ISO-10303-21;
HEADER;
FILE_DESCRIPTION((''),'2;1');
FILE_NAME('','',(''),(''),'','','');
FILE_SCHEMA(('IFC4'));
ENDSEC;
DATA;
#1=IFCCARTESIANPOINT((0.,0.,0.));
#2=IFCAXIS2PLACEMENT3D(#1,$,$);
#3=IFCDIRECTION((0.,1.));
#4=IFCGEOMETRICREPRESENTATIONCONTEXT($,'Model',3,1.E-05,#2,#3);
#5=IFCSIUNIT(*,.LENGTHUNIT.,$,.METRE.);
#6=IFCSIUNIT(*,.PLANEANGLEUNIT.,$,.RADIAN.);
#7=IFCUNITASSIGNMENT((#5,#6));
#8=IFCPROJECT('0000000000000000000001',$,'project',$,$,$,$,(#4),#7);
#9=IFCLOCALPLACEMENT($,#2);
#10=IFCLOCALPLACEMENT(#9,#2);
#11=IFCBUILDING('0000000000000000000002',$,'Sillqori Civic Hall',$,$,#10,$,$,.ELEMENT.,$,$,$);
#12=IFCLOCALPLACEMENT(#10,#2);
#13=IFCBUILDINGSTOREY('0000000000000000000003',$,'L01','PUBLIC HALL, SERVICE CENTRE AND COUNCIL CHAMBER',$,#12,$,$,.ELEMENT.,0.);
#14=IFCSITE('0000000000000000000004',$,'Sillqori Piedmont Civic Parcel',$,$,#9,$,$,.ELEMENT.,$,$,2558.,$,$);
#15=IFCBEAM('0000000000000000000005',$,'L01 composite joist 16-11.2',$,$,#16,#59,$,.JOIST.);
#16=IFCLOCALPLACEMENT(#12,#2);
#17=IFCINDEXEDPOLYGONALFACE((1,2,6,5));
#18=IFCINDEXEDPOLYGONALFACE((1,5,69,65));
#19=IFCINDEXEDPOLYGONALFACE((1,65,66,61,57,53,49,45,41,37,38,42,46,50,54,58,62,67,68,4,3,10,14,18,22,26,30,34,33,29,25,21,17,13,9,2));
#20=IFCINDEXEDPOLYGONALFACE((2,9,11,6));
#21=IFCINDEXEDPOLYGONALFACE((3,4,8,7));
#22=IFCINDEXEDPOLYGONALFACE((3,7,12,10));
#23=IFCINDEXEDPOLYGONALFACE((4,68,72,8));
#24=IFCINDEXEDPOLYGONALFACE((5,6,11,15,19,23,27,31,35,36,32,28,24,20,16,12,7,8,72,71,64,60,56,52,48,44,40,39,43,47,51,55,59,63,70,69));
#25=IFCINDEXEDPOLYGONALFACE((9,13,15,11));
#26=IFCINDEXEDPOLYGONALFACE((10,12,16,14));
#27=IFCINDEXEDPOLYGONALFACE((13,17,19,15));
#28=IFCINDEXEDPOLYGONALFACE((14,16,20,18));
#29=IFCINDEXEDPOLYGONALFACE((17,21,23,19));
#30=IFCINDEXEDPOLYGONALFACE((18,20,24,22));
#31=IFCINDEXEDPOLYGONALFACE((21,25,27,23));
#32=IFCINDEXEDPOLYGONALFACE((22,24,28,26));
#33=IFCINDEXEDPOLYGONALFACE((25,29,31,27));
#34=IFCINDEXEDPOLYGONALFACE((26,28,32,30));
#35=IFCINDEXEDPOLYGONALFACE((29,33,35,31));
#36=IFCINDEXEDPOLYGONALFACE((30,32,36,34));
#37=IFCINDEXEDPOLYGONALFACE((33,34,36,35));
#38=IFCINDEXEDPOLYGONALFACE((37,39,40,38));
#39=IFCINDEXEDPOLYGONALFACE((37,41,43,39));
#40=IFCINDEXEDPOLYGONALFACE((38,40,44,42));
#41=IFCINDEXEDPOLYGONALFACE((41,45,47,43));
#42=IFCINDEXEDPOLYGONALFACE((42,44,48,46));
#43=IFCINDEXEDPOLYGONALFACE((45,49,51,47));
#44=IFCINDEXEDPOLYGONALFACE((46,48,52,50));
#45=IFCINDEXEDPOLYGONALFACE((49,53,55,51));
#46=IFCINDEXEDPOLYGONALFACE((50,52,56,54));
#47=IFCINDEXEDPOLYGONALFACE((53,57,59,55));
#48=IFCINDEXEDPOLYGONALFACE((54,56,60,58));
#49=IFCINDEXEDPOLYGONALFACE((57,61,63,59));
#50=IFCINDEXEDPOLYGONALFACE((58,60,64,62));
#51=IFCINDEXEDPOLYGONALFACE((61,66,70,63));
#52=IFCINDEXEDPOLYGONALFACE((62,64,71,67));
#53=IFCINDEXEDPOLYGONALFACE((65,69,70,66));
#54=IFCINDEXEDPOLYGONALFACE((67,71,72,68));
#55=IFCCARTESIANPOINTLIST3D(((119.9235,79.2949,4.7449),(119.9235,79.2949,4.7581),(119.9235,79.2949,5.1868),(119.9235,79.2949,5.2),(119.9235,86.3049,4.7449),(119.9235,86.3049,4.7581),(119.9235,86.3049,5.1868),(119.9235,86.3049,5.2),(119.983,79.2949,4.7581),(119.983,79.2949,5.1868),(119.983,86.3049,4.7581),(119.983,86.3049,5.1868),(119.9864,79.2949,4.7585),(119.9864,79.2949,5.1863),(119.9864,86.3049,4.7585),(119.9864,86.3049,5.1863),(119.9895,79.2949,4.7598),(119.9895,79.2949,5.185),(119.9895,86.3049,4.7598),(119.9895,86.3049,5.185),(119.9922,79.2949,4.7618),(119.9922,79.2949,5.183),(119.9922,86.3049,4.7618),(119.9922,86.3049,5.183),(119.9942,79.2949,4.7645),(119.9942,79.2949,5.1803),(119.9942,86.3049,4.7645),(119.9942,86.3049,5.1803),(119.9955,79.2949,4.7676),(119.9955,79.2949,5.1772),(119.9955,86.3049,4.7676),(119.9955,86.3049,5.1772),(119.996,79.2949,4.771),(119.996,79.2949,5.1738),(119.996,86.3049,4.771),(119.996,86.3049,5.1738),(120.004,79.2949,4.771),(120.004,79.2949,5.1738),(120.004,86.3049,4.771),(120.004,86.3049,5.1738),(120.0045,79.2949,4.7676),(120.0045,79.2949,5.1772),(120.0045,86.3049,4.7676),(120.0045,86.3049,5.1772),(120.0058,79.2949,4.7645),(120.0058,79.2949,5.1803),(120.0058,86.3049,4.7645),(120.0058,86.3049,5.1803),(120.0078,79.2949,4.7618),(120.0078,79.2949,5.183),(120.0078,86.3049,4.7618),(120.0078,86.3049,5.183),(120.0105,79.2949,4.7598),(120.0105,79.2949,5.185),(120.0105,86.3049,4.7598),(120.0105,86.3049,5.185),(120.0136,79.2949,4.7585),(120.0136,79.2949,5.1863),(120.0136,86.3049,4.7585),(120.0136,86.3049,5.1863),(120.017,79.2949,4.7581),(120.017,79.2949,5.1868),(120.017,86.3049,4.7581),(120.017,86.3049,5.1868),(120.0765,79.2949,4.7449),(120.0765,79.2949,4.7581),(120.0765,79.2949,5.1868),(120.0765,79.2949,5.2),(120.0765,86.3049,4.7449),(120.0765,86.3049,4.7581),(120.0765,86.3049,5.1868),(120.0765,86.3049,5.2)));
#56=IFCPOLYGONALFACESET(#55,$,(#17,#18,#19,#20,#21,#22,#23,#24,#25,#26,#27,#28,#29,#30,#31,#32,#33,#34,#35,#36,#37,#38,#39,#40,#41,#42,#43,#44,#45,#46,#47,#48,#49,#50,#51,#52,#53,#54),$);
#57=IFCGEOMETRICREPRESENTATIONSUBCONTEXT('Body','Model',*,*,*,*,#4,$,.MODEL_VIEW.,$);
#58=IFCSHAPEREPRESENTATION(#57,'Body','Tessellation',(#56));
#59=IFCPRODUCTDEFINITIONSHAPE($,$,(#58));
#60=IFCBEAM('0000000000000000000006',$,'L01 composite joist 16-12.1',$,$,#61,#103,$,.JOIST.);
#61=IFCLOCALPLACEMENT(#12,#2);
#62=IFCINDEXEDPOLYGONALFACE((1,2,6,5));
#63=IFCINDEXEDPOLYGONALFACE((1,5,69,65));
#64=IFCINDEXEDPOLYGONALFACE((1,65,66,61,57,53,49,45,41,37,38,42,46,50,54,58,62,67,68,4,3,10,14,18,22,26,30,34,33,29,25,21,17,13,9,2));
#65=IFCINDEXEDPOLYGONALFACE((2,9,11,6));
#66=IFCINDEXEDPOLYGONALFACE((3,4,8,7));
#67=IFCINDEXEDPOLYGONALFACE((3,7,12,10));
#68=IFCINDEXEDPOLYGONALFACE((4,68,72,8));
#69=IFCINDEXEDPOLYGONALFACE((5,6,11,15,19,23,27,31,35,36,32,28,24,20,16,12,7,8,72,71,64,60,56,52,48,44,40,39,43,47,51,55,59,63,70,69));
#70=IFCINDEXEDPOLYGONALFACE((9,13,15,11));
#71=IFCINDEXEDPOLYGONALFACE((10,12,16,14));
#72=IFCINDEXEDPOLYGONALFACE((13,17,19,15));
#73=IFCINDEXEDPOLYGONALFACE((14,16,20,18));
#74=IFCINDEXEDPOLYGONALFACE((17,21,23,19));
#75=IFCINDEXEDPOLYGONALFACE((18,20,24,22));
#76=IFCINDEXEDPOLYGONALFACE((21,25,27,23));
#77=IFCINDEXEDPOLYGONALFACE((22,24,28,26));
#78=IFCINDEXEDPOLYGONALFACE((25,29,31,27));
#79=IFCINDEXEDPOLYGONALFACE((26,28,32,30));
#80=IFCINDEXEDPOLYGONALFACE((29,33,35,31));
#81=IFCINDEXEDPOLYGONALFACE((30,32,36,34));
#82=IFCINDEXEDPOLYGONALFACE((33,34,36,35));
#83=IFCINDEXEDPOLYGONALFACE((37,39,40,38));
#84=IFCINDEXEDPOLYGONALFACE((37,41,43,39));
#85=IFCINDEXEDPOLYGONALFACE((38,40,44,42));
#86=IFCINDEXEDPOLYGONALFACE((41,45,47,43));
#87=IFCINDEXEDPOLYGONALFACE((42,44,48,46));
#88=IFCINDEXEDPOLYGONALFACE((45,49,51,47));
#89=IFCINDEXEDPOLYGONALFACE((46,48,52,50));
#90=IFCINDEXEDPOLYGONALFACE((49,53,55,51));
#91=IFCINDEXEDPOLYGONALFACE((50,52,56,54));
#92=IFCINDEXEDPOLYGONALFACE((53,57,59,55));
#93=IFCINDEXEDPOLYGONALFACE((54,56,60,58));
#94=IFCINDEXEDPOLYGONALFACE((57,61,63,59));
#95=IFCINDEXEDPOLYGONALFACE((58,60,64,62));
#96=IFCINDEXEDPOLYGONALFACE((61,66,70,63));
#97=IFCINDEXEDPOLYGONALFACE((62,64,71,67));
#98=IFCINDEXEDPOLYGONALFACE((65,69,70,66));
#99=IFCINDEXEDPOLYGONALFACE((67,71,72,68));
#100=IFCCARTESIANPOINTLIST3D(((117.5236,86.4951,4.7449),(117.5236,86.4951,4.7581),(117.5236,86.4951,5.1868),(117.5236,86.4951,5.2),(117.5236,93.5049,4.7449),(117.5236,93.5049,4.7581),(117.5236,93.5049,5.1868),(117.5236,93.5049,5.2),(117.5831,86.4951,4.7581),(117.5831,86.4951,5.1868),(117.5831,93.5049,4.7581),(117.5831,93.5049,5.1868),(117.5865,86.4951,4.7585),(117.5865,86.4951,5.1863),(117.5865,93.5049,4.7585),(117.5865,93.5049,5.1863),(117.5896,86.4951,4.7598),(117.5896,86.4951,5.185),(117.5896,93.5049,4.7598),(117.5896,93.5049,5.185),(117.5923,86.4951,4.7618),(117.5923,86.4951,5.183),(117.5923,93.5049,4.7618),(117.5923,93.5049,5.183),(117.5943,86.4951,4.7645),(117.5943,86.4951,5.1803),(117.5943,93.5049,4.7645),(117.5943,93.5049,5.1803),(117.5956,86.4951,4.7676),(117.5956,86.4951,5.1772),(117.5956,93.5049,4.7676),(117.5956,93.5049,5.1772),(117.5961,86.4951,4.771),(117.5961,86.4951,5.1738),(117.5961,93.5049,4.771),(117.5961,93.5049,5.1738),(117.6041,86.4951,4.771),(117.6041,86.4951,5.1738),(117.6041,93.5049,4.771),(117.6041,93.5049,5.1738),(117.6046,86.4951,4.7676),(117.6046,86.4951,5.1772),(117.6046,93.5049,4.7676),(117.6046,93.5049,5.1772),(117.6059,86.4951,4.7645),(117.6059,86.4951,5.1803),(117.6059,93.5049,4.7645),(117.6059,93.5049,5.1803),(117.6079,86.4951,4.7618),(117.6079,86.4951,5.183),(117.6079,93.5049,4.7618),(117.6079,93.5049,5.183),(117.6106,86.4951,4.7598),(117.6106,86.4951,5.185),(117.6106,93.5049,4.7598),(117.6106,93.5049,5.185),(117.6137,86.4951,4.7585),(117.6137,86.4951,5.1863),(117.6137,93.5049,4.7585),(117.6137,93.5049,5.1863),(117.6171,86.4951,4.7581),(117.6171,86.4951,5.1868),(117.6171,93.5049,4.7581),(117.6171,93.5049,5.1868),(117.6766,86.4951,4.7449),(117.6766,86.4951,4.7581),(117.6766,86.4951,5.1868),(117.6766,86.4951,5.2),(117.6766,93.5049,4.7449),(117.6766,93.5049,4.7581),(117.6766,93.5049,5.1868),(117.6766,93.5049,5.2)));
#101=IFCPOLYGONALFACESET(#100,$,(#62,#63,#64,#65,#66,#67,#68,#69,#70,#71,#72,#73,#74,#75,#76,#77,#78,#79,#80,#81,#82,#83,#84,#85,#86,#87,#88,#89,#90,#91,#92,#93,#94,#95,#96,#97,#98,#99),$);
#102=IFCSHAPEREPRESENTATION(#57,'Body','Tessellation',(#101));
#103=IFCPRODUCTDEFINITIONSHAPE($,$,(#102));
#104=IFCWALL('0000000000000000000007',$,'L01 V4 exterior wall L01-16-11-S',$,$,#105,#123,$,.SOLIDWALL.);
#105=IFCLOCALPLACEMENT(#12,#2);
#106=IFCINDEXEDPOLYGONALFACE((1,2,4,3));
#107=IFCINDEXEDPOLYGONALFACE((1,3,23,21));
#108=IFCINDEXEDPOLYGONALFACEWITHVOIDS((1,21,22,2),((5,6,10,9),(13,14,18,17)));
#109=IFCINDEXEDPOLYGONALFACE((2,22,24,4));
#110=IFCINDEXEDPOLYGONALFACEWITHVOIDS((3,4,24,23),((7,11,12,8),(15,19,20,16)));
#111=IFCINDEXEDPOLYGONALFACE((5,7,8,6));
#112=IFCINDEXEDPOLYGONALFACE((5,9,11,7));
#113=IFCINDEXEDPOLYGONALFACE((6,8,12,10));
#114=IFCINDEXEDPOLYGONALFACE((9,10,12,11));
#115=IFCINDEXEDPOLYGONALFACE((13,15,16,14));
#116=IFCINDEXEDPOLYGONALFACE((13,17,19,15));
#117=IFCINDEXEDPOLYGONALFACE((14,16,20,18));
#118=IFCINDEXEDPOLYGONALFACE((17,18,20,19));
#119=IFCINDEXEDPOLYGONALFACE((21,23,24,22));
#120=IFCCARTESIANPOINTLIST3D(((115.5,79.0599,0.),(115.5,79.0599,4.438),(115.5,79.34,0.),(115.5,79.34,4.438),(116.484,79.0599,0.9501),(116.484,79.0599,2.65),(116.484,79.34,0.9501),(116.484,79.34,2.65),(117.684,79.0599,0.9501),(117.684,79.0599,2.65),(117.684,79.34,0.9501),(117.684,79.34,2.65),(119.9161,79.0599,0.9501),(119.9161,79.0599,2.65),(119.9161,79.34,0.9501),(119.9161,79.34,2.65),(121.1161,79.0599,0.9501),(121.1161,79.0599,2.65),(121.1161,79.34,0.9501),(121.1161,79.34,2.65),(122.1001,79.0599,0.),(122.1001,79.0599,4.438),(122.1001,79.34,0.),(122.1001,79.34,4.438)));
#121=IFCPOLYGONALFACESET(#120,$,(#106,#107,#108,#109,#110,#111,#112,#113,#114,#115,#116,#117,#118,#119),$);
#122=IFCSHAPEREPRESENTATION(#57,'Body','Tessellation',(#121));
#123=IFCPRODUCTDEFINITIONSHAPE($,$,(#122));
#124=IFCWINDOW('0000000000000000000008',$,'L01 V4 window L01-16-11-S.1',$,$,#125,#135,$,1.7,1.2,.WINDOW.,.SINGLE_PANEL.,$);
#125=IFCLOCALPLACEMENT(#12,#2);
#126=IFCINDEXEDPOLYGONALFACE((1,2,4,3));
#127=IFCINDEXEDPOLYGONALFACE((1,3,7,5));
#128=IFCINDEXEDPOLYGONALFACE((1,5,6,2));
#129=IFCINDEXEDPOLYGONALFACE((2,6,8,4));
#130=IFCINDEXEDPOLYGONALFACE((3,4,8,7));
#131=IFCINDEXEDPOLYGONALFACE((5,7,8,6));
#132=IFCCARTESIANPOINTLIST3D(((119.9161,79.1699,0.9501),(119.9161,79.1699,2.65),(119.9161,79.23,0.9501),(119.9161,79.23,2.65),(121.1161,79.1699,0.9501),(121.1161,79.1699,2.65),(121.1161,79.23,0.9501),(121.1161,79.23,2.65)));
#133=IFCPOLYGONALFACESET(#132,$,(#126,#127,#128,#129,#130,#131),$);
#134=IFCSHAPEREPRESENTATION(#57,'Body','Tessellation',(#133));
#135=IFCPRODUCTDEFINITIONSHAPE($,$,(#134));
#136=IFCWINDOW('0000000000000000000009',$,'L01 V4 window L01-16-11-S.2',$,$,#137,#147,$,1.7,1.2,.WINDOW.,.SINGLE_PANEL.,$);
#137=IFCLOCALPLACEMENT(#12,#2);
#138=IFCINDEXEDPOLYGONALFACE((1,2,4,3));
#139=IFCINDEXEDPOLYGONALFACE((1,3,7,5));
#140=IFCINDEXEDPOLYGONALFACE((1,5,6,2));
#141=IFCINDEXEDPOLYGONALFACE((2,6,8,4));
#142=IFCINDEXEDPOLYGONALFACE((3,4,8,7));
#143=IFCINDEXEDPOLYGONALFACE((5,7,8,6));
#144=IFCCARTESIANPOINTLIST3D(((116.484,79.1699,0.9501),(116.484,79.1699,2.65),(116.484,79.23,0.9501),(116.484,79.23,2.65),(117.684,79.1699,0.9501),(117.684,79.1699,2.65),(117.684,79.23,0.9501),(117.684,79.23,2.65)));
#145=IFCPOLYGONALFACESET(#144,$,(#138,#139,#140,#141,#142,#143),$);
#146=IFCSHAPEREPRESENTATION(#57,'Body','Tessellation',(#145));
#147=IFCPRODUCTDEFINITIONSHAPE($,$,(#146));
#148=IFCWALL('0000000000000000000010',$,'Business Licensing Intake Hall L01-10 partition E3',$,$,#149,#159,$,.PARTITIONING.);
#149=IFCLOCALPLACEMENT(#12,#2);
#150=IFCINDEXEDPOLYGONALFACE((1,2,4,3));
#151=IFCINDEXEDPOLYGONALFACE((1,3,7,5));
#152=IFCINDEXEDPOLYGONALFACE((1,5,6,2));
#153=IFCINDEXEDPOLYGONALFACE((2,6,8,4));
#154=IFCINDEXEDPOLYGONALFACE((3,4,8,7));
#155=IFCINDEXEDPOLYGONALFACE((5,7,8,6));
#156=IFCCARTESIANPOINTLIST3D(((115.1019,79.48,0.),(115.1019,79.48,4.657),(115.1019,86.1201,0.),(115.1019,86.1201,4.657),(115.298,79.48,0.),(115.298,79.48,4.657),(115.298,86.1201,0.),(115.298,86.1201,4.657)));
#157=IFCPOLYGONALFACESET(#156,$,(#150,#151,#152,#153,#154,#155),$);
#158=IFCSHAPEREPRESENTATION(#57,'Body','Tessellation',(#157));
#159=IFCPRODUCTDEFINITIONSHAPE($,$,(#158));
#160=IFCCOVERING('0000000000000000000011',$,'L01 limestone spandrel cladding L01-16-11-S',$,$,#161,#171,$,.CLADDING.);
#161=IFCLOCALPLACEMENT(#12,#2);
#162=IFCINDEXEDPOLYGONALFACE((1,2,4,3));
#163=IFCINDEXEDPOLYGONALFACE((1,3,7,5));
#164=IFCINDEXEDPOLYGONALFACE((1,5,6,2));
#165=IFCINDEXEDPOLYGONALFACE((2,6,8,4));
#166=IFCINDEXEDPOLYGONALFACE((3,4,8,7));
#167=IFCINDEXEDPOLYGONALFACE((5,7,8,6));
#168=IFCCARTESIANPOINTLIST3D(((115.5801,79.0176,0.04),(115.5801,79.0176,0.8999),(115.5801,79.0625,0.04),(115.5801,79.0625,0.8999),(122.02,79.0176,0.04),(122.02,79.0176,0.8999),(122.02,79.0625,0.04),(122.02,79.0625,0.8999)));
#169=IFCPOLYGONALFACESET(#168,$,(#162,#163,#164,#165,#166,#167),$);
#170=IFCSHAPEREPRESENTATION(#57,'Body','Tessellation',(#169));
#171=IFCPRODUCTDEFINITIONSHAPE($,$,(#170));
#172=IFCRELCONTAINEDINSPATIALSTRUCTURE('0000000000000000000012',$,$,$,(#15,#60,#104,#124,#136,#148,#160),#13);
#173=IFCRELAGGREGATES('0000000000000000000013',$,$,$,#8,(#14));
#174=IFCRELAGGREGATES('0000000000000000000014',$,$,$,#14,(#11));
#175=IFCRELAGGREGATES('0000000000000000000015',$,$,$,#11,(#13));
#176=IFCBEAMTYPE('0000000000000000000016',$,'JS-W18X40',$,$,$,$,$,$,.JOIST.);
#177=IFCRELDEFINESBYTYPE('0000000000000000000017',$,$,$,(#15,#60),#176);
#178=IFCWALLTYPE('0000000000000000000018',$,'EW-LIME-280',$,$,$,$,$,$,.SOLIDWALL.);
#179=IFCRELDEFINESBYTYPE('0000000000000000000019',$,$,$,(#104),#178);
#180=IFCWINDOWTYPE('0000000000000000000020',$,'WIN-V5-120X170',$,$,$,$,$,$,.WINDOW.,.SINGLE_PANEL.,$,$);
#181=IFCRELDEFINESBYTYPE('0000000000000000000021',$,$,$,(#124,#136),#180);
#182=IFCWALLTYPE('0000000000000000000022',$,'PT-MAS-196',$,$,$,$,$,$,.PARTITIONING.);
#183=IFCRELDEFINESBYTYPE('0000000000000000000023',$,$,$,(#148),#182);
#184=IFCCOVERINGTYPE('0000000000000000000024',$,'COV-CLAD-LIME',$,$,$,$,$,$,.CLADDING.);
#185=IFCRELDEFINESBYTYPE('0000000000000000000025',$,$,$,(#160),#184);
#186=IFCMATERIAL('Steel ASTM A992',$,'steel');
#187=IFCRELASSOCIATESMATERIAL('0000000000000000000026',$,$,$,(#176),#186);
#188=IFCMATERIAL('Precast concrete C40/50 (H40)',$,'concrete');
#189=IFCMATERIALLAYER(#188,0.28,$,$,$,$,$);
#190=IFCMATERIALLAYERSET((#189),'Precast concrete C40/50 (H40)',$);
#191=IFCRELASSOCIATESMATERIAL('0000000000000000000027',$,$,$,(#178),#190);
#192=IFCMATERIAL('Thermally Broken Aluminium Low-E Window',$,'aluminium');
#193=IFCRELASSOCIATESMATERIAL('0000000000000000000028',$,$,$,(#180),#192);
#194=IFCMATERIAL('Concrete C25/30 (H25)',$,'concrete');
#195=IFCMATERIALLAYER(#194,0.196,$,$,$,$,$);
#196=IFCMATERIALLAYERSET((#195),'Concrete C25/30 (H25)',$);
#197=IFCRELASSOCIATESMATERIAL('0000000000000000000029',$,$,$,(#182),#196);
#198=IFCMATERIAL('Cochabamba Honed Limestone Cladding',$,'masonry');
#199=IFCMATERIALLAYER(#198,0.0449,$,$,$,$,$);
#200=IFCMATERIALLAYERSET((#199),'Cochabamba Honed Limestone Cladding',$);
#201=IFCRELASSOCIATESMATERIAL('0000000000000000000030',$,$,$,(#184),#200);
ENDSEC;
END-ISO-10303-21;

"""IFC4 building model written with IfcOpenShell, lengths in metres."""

from ifc_helpers import new_model, si_unit, direction, frame, frame_2d, origin, origin_2d, place, context, subcontext, project, spatial, rectangle, i_section, extrude, material, layer, layer_set, material_profile, profile_set, type_object, element, fill, save


model = new_model("IFC4")

# Units and contexts
model_context = context("Model", 3, precision=1e-05, world=origin(), true_north=direction((0.0, 1.0)))
body_context = subcontext(model_context, "Body", "Model", "MODEL_VIEW")
ifc_project = project(units=[si_unit("LENGTHUNIT", "METRE"), si_unit("PLANEANGLEUNIT", "RADIAN")], contexts=[model_context])

# Site, building, storey
site_placement = place(None, origin())
site = spatial("IfcSite", under=ifc_project, at=site_placement, Name="Sillqori Piedmont Civic Parcel", CompositionType="ELEMENT", RefElevation=2558.0)
building_placement = place(site_placement, origin())
building = spatial("IfcBuilding", under=site, at=building_placement, Name="Sillqori Civic Hall", CompositionType="ELEMENT")
storey_placement = place(building_placement, origin())
storey = spatial("IfcBuildingStorey", under=building, at=storey_placement, Name="L01", Description="PUBLIC HALL, SERVICE CENTRE AND COUNCIL CHAMBER", CompositionType="ELEMENT", Elevation=0.0)

# Shared definitions
ifc_material_1 = material(Name="Steel ASTM A992", Category="steel")

# Beams
ifc_material_profile_1 = material_profile(ifc_material_1, i_section(OverallWidth=0.1531, OverallDepth=0.4551, WebThickness=0.0081, FlangeThickness=0.0132, FilletRadius=0.0129, at=origin_2d()), Name="W18X40")
ifc_profile_set_1 = profile_set([ifc_material_profile_1], Name="Steel ASTM A992")
beam_type_1 = type_object("IfcBeamType", Name="JS-W18X40", PredefinedType="JOIST", material=ifc_profile_set_1)
for number, where, z_axis, x_axis, name in (
    (1, (120.0, 79.2949, 4.9724), (0.0, 1.0, 0.0), (-1.0, 0.0, 0.0), "L01 composite joist 16-11.2"),
):
    element("IfcBeam", number, at=place(storey_placement, frame(where, z_axis=z_axis, x_axis=x_axis)), inside=storey, type_object=beam_type_1, Name=name, PredefinedType="JOIST", context=body_context, shape_type="SweptSolid", body=[
        extrude(i_section(OverallWidth=0.1531, OverallDepth=0.4551, WebThickness=0.0081, FlangeThickness=0.0132, FilletRadius=0.0129, at=origin_2d()), origin(), (0.0, 0.0, 1.0), 7.01),
    ])
beam_1_placement = place(storey_placement, frame((117.6001, 86.4951, 4.9724), z_axis=(0.0, 1.0, 0.0), x_axis=(-1.0, 0.0, 0.0)))
element("IfcBeam", 2, at=beam_1_placement, inside=storey, type_object=beam_type_1, Name="L01 composite joist 16-12.1", PredefinedType="JOIST", context=body_context, shape_type="SweptSolid", body=[
    extrude(i_section(OverallWidth=0.1531, OverallDepth=0.4551, WebThickness=0.0081, FlangeThickness=0.0132, FilletRadius=0.0129, at=origin_2d()), origin(), (0.0, 0.0, 1.0), 7.0098),
])

# Wall, openings, windows
ifc_material_2 = material(Name="Precast concrete C40/50 (H40)", Category="concrete")
ifc_layer_1 = layer(ifc_material_2, 0.28)
ifc_layer_set_1 = layer_set([ifc_layer_1], Name="Precast concrete C40/50 (H40)")
wall_type_1 = type_object("IfcWallType", Name="EW-LIME-280", PredefinedType="SOLIDWALL", material=ifc_layer_set_1)
wall_1_placement = place(storey_placement, frame((122.1001, 79.2, 0.0), z_axis=(0.0, 0.0, 1.0), x_axis=(-1.0, 0.0, 0.0)))
wall_1 = element("IfcWall", 3, at=wall_1_placement, inside=storey, type_object=wall_type_1, Name="L01 V4 exterior wall L01-16-11-S", PredefinedType="SOLIDWALL", context=body_context, shape_type="SweptSolid", body=[
    extrude(rectangle(XDim=6.6001, YDim=0.28, at=frame_2d((3.3, 0.0))), origin(), (0.0, 0.0, 1.0), 4.438),
])
opening_1_placement = place(wall_1_placement, frame((0.9839, 0.0, 0.95)))
opening_1 = element("IfcOpeningElement", 4, at=opening_1_placement, cuts=wall_1, PredefinedType="OPENING", context=body_context, shape_type="SweptSolid", body=[
    extrude(rectangle(XDim=1.2, YDim=1.7, at=frame_2d((0.6001, 0.8501))), frame((0.0, 0.1499, 0.0), z_axis=(0.0, -1.0, 0.0), x_axis=(1.0, 0.0, 0.0)), (0.0, 0.0, 1.0), 0.3),
])
opening_2_placement = place(wall_1_placement, frame((4.416, 0.0, 0.95)))
opening_2 = element("IfcOpeningElement", 5, at=opening_2_placement, cuts=wall_1, PredefinedType="OPENING", context=body_context, shape_type="SweptSolid", body=[
    extrude(rectangle(XDim=1.2, YDim=1.7, at=frame_2d((0.6001, 0.8501))), frame((0.0, 0.1499, 0.0), z_axis=(0.0, -1.0, 0.0), x_axis=(1.0, 0.0, 0.0)), (0.0, 0.0, 1.0), 0.3),
])
ifc_material_3 = material(Name="Thermally Broken Aluminium Low-E Window", Category="aluminium")
window_type = type_object("IfcWindowType", Name="WIN-V5-120X170", PartitioningType="SINGLE_PANEL", PredefinedType="WINDOW", material=ifc_material_3)
window_1_placement = place(opening_1_placement, origin())
window_1 = element("IfcWindow", 6, at=window_1_placement, inside=storey, type_object=window_type, Name="L01 V4 window L01-16-11-S.1", OverallHeight=1.7, OverallWidth=1.2, PartitioningType="SINGLE_PANEL", PredefinedType="WINDOW", context=body_context, shape_type="SweptSolid", body=[
    extrude(rectangle(XDim=1.2, YDim=1.7, at=frame_2d((0.6001, 0.8501))), frame((0.0, 0.03, 0.0), z_axis=(0.0, -1.0, 0.0), x_axis=(1.0, 0.0, 0.0)), (0.0, 0.0, 1.0), 0.0601),
])
fill(opening_1, window_1)
window_2_placement = place(opening_2_placement, origin())
window_2 = element("IfcWindow", 7, at=window_2_placement, inside=storey, type_object=window_type, Name="L01 V4 window L01-16-11-S.2", OverallHeight=1.7, OverallWidth=1.2, PartitioningType="SINGLE_PANEL", PredefinedType="WINDOW", context=body_context, shape_type="SweptSolid", body=[
    extrude(rectangle(XDim=1.2, YDim=1.7, at=frame_2d((0.6001, 0.8501))), frame((0.0, 0.03, 0.0), z_axis=(0.0, -1.0, 0.0), x_axis=(1.0, 0.0, 0.0)), (0.0, 0.0, 1.0), 0.0601),
])
fill(opening_2, window_2)

# Wall
ifc_material_4 = material(Name="Concrete C25/30 (H25)", Category="concrete")
ifc_layer_2 = layer(ifc_material_4, 0.196)
ifc_layer_set_2 = layer_set([ifc_layer_2], Name="Concrete C25/30 (H25)")
wall_type_2 = type_object("IfcWallType", Name="PT-MAS-196", PredefinedType="PARTITIONING", material=ifc_layer_set_2)
wall_2_placement = place(storey_placement, frame((115.2, 86.1201, 0.0), z_axis=(0.0, 0.0, 1.0), x_axis=(0.0, -1.0, 0.0)))
element("IfcWall", 8, at=wall_2_placement, inside=storey, type_object=wall_type_2, Name="Business Licensing Intake Hall L01-10 partition E3", PredefinedType="PARTITIONING", context=body_context, shape_type="SweptSolid", body=[
    extrude(rectangle(XDim=6.6401, YDim=0.196, at=frame_2d((3.3201, 0.0))), origin(), (0.0, 0.0, 1.0), 4.657),
])

# Covering
ifc_material_5 = material(Name="Cochabamba Honed Limestone Cladding", Category="masonry")
ifc_layer_3 = layer(ifc_material_5, 0.0449)
ifc_layer_set_3 = layer_set([ifc_layer_3], Name="Cochabamba Honed Limestone Cladding")
covering_type = type_object("IfcCoveringType", Name="COV-CLAD-LIME", PredefinedType="CLADDING", material=ifc_layer_set_3)
covering_1_placement = place(storey_placement, frame((122.02, 79.04, 0.04), z_axis=(0.0, 0.0, 1.0), x_axis=(-1.0, 0.0, 0.0)))
element("IfcCovering", 9, at=covering_1_placement, inside=storey, type_object=covering_type, Name="L01 limestone spandrel cladding L01-16-11-S", PredefinedType="CLADDING", context=body_context, shape_type="SweptSolid", body=[
    extrude(rectangle(XDim=6.4399, YDim=0.0449, at=frame_2d((3.22, 0.0))), origin(), (0.0, 0.0, 1.0), 0.8599),
])

save(model, "model.ifc")
